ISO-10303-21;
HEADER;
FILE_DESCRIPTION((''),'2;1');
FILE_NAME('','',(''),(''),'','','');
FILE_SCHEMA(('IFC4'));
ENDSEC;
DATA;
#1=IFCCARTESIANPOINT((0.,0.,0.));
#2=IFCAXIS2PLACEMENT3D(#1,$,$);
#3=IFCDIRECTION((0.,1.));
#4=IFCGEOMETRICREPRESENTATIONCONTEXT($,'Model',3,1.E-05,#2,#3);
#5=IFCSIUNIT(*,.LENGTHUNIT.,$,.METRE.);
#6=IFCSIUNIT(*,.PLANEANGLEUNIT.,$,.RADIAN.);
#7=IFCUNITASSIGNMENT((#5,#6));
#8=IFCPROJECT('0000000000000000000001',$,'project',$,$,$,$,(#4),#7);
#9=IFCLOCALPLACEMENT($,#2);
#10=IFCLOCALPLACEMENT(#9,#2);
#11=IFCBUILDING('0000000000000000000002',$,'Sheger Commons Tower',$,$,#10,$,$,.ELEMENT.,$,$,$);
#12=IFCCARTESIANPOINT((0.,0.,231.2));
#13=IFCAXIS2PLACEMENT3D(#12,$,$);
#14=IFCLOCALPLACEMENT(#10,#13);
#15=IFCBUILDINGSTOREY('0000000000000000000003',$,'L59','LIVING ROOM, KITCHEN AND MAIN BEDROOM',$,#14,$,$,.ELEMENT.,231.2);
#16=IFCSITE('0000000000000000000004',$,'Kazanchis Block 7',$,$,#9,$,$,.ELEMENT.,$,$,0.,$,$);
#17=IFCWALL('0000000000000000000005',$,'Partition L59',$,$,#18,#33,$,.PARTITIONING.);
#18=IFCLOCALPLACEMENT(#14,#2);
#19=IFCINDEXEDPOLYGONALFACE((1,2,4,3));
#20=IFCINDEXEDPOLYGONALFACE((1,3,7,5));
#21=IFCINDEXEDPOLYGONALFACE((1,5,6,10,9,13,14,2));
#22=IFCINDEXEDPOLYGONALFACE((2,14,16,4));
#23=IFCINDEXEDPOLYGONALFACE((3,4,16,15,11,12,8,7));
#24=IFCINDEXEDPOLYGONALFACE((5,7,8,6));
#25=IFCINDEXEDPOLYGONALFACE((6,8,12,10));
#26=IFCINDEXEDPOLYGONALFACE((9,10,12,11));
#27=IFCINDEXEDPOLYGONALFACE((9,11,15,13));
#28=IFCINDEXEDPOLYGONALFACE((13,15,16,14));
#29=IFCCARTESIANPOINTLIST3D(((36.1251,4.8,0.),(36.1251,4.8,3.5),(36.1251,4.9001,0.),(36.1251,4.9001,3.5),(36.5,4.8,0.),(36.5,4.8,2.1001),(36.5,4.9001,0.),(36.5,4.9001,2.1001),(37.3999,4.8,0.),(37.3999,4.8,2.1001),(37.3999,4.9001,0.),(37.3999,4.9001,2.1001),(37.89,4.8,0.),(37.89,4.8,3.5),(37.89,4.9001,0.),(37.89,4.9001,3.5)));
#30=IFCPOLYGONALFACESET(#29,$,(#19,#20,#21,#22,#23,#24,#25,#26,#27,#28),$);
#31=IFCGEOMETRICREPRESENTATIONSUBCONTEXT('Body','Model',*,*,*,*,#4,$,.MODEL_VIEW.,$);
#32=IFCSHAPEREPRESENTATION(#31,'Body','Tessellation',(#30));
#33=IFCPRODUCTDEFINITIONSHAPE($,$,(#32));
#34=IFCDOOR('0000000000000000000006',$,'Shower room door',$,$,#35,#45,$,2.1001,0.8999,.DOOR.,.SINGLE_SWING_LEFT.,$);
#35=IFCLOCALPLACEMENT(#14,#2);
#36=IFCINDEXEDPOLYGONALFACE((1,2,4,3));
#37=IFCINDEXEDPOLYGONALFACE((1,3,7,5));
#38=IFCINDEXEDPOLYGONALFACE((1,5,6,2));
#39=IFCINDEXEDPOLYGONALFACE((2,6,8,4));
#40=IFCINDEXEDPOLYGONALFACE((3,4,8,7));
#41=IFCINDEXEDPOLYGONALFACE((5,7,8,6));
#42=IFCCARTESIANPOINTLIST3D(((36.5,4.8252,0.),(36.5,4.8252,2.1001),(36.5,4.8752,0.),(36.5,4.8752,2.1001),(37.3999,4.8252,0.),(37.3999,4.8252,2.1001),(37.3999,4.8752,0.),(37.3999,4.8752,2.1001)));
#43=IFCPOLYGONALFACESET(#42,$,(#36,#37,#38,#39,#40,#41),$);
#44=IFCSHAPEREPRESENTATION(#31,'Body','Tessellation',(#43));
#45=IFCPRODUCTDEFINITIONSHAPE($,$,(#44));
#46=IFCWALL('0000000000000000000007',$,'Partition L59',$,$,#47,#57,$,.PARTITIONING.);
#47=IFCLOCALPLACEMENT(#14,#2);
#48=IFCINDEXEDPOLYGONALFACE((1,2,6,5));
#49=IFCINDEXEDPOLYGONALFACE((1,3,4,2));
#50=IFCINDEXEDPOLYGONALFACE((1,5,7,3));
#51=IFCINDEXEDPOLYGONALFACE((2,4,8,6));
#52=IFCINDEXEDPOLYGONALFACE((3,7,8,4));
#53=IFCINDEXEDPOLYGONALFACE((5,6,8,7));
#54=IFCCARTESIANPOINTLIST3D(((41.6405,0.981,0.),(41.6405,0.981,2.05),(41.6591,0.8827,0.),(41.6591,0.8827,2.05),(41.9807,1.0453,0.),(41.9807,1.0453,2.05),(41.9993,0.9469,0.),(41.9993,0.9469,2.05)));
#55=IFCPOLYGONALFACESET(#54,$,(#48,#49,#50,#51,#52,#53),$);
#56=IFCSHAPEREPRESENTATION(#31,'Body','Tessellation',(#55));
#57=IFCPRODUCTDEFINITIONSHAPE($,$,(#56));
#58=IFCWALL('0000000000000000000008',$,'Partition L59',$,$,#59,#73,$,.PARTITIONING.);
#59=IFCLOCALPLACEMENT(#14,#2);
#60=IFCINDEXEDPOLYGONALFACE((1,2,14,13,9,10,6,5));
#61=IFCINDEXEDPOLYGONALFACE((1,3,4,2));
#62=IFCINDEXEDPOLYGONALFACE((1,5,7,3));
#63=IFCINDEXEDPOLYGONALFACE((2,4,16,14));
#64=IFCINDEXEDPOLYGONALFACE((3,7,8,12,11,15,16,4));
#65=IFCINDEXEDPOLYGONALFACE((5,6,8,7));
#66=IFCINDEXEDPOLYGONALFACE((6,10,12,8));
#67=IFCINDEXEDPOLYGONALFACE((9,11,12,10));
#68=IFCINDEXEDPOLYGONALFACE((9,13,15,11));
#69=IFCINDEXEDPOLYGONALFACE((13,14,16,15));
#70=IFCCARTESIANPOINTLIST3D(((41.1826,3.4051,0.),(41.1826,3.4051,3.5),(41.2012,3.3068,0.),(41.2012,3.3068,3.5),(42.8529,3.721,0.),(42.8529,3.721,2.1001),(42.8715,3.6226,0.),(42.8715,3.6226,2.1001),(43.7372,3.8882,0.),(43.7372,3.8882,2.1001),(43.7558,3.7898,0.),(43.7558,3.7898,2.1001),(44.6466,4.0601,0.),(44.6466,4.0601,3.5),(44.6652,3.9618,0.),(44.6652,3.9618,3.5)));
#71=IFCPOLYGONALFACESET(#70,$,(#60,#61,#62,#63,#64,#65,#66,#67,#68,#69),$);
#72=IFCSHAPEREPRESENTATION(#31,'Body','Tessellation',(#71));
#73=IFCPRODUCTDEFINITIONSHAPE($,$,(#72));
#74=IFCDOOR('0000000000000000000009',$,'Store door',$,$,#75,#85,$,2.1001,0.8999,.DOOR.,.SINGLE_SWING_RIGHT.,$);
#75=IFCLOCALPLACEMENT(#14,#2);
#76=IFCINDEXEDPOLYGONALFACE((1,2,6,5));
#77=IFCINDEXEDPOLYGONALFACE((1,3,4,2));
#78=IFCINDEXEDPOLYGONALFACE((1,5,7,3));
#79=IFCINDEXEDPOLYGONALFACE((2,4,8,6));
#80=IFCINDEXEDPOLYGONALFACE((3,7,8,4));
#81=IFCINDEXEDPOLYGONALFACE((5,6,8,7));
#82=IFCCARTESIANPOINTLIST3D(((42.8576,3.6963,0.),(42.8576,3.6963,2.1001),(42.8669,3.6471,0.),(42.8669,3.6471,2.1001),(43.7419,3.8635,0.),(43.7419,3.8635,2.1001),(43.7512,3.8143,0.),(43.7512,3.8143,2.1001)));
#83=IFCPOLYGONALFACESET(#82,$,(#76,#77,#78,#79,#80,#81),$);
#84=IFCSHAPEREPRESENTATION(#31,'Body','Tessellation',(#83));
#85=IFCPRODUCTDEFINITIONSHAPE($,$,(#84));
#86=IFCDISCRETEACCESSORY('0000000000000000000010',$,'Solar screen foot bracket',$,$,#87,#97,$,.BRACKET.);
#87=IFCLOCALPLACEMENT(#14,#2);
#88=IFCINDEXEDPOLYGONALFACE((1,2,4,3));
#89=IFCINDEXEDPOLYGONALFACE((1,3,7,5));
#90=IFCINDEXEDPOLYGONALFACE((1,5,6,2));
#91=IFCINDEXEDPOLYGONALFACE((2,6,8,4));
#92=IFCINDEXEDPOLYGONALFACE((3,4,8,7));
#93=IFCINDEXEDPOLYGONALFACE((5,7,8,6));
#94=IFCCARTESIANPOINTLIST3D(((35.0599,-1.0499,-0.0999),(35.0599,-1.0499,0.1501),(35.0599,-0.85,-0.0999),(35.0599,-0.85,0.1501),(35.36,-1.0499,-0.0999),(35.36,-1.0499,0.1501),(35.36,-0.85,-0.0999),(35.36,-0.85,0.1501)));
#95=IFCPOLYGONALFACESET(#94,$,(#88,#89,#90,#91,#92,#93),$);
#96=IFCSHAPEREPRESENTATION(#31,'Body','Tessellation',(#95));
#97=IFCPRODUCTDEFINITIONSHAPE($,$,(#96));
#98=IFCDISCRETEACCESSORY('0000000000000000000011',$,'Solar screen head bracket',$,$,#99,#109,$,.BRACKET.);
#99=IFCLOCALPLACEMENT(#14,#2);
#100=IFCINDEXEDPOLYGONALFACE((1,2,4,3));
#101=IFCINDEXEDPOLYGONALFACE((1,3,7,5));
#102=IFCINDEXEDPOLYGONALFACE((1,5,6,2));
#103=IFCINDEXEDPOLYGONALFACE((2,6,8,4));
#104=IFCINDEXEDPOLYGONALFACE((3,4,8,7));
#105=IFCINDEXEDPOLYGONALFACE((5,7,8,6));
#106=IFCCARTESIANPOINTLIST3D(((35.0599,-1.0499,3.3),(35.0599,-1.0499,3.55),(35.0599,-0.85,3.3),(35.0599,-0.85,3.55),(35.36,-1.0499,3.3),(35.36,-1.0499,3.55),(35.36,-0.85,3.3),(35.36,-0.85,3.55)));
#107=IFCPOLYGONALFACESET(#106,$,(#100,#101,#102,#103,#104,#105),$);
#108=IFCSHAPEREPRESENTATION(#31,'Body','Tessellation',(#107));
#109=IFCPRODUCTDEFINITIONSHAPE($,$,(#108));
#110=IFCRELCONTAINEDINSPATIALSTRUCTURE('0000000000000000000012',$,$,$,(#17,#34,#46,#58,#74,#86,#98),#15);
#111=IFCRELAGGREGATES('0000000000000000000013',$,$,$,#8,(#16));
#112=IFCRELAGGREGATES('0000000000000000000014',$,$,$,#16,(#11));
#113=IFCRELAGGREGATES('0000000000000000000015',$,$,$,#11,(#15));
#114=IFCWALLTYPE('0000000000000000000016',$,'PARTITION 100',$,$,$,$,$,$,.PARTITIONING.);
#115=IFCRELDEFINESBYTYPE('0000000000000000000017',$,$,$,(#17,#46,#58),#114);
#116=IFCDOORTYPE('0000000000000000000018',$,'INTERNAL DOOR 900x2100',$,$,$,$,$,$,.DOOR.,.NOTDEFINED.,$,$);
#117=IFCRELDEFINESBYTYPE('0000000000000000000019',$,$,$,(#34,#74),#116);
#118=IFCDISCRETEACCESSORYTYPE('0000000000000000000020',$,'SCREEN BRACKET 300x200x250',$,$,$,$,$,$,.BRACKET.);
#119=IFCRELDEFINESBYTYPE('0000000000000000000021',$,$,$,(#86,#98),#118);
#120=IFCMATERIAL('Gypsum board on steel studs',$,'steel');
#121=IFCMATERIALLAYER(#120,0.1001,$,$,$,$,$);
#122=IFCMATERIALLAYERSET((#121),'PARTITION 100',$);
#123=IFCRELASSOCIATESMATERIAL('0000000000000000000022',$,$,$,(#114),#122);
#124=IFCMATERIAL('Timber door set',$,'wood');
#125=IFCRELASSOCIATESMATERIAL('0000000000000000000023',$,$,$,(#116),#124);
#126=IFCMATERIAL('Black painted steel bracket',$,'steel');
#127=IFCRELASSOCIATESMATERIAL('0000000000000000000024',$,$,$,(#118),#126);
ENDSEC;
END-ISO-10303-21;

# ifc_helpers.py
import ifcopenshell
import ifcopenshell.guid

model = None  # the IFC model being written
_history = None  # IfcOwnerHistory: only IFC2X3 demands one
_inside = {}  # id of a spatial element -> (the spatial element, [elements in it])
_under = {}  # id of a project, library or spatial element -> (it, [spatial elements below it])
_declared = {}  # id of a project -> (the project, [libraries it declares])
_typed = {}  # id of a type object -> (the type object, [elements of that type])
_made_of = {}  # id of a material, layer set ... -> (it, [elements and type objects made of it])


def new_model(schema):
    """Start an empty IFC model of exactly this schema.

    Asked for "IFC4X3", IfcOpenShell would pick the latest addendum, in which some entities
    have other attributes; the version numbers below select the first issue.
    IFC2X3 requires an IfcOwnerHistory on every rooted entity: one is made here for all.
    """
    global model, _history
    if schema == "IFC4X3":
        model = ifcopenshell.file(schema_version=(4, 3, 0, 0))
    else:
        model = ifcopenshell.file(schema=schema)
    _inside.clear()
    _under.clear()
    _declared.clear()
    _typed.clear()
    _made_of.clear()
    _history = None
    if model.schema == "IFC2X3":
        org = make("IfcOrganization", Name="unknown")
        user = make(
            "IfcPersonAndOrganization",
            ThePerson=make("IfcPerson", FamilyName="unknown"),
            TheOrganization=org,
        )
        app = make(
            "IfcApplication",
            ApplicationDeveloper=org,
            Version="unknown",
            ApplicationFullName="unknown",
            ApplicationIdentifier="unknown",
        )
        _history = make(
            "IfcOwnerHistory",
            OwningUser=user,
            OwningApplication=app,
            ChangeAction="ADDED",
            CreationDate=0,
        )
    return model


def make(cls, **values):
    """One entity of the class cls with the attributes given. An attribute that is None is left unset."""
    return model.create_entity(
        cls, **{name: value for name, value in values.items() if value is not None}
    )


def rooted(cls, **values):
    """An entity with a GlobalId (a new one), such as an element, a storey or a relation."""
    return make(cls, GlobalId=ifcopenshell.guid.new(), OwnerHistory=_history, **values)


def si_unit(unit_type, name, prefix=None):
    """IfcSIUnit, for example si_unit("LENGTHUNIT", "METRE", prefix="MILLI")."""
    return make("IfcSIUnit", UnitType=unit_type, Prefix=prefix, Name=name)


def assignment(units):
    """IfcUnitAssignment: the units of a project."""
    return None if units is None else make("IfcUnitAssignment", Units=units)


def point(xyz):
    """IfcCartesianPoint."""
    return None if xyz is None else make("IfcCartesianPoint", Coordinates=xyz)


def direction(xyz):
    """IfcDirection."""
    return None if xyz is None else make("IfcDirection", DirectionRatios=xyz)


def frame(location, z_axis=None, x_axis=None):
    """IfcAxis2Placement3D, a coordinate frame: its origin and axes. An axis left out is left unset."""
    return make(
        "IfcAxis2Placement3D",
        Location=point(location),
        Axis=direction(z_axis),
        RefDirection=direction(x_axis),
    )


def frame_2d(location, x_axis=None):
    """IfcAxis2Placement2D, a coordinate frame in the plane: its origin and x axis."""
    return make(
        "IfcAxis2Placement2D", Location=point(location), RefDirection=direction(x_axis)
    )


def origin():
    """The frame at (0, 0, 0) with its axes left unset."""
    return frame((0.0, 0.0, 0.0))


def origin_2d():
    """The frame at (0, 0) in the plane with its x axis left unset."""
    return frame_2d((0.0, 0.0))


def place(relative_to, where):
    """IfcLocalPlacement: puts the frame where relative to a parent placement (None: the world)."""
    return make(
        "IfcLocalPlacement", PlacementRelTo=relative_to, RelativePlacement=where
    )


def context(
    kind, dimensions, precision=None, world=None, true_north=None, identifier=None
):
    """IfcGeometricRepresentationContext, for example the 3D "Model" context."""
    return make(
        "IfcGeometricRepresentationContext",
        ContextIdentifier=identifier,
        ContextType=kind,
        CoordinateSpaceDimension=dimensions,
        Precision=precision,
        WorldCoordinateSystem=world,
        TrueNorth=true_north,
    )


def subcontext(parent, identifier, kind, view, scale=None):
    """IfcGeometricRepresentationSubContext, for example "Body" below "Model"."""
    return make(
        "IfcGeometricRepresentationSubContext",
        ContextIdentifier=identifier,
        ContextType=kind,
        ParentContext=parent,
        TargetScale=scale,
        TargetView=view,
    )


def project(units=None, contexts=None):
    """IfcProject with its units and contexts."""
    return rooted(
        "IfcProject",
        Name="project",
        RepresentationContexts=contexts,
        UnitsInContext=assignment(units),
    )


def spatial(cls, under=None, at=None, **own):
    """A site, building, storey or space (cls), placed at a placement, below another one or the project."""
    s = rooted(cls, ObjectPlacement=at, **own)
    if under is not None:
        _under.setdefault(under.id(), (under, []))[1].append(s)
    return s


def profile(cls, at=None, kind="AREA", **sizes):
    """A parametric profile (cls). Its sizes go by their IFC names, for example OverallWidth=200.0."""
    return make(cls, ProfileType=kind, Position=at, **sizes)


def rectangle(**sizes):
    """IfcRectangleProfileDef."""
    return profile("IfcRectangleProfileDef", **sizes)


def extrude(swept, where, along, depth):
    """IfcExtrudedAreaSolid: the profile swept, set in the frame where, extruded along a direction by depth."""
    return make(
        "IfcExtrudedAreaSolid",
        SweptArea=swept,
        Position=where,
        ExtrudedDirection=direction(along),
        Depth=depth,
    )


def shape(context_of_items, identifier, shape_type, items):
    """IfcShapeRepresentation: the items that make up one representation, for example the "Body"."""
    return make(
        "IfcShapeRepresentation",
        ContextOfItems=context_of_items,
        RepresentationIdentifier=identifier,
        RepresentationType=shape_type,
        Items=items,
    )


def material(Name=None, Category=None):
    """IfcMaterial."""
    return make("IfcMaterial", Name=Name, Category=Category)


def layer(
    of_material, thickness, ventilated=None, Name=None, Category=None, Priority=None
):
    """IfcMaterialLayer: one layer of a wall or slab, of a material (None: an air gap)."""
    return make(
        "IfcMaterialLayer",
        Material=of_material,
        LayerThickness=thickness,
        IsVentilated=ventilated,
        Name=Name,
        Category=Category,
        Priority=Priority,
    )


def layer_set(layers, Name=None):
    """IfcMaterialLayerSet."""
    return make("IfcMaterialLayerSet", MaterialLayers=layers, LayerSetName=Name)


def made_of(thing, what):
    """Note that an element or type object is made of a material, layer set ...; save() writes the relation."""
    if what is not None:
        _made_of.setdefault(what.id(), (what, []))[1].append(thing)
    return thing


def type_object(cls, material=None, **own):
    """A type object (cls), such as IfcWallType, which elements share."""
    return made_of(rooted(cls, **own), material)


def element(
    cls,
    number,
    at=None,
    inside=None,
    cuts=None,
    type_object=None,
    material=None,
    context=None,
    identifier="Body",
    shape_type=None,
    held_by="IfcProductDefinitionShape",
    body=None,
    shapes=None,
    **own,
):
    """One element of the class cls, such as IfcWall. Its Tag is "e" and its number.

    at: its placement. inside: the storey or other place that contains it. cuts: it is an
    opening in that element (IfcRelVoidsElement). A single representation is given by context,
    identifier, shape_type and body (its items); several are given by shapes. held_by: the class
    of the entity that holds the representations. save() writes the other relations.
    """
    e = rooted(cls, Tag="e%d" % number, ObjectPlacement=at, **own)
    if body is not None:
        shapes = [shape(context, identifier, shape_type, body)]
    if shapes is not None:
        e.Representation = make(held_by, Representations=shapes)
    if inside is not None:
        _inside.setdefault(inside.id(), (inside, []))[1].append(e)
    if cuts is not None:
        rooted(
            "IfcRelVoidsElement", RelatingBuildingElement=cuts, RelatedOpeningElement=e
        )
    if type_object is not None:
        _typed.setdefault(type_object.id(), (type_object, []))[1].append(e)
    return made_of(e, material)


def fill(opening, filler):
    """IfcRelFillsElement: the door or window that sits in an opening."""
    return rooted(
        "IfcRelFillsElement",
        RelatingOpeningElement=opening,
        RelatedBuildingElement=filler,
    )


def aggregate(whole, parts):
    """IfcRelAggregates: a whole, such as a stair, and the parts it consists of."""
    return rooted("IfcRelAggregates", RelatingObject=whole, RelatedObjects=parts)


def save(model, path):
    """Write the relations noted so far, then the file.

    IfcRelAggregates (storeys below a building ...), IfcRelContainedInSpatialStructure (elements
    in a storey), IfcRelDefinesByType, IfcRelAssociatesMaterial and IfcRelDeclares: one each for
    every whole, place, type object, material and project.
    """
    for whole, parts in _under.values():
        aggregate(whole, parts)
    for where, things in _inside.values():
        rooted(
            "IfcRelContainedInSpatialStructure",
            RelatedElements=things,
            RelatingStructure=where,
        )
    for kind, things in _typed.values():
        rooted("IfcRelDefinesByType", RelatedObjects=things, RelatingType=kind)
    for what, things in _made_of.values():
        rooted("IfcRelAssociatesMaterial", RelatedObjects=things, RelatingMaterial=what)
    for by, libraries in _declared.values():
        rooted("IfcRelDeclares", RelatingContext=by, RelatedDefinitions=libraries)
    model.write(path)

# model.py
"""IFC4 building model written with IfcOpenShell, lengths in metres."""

from ifc_helpers import new_model, si_unit, direction, frame, frame_2d, origin, origin_2d, place, context, subcontext, project, spatial, rectangle, extrude, material, layer, layer_set, type_object, element, fill, save


model = new_model("IFC4")

# Units and contexts
model_context = context("Model", 3, precision=1e-05, world=origin(), true_north=direction((0.0, 1.0)))
body_context = subcontext(model_context, "Body", "Model", "MODEL_VIEW")
ifc_project = project(units=[si_unit("LENGTHUNIT", "METRE"), si_unit("PLANEANGLEUNIT", "RADIAN")], contexts=[model_context])

# Site, building, storey
site_placement = place(None, origin())
site = spatial("IfcSite", under=ifc_project, at=site_placement, Name="Kazanchis Block 7", CompositionType="ELEMENT", RefElevation=0.0)
building_placement = place(site_placement, origin())
building = spatial("IfcBuilding", under=site, at=building_placement, Name="Sheger Commons Tower", CompositionType="ELEMENT")
storey_placement = place(building_placement, frame((0.0, 0.0, 231.2)))
storey = spatial("IfcBuildingStorey", under=building, at=storey_placement, Name="L59", Description="LIVING ROOM, KITCHEN AND MAIN BEDROOM", CompositionType="ELEMENT", Elevation=231.2)

# Shared definitions
ifc_material_1 = material(Name="Gypsum board on steel studs", Category="steel")
ifc_layer_1 = layer(ifc_material_1, 0.1001)
ifc_layer_set_1 = layer_set([ifc_layer_1], Name="PARTITION 100")
wall_type_1 = type_object("IfcWallType", Name="PARTITION 100", PredefinedType="PARTITIONING", material=ifc_layer_set_1)
ifc_material_2 = material(Name="Timber door set", Category="wood")
door_type = type_object("IfcDoorType", Name="INTERNAL DOOR 900x2100", OperationType="NOTDEFINED", PredefinedType="DOOR", material=ifc_material_2)

# Wall, opening, door
wall_1_placement = place(storey_placement, frame((37.8899, 4.8501, 0.0), z_axis=(0.0, 0.0, 1.0), x_axis=(-1.0, 0.0, 0.0)))
wall_1 = element("IfcWall", 1, at=wall_1_placement, inside=storey, type_object=wall_type_1, Name="Partition L59", PredefinedType="PARTITIONING", context=body_context, shape_type="SweptSolid", body=[
    extrude(rectangle(XDim=1.7649, YDim=0.1001, at=frame_2d((0.8823, 0.0))), origin(), (0.0, 0.0, 1.0), 3.5),
])
opening_1_placement = place(wall_1_placement, frame((0.49, 0.0, 0.0)))
opening_1 = element("IfcOpeningElement", 2, at=opening_1_placement, cuts=wall_1, PredefinedType="OPENING", context=body_context, shape_type="SweptSolid", body=[
    extrude(rectangle(XDim=0.8999, YDim=2.1001, at=frame_2d((0.45, 1.05))), frame((0.0, 0.0601, 0.0), z_axis=(0.0, -1.0, 0.0), x_axis=(1.0, 0.0, 0.0)), (0.0, 0.0, 1.0), 0.1201),
])
door_1_placement = place(opening_1_placement, origin())
door_1 = element("IfcDoor", 3, at=door_1_placement, inside=storey, type_object=door_type, Name="Shower room door", OperationType="SINGLE_SWING_LEFT", OverallHeight=2.1001, OverallWidth=0.8999, PredefinedType="DOOR", context=body_context, shape_type="SweptSolid", body=[
    extrude(rectangle(XDim=0.8999, YDim=2.1001, at=frame_2d((0.45, 1.05))), frame((0.0, 0.0249, 0.0), z_axis=(0.0, -1.0, 0.0), x_axis=(1.0, 0.0, 0.0)), (0.0, 0.0, 1.0), 0.05),
])
fill(opening_1, door_1)

# Wall
wall_2_placement = place(storey_placement, frame((41.99, 0.9961, 0.0), z_axis=(0.0, 0.0, 1.0), x_axis=(-0.98264, -0.185524, 0.0)))
element("IfcWall", 4, at=wall_2_placement, inside=storey, type_object=wall_type_1, Name="Partition L59", PredefinedType="PARTITIONING", context=body_context, shape_type="SweptSolid", body=[
    extrude(rectangle(XDim=0.3462, YDim=0.1001, at=frame_2d((0.1731, 0.0))), origin(), (0.0, 0.0, 1.0), 2.05),
])

# Wall, opening, door
wall_3_placement = place(storey_placement, frame((41.1919, 3.356, 0.0), z_axis=(0.0, 0.0, 1.0), x_axis=(0.982588, 0.185798, 0.0)))
wall_3 = element("IfcWall", 5, at=wall_3_placement, inside=storey, type_object=wall_type_1, Name="Partition L59", PredefinedType="PARTITIONING", context=body_context, shape_type="SweptSolid", body=[
    extrude(rectangle(XDim=3.5254, YDim=0.1001, at=frame_2d((1.7627, 0.0))), origin(), (0.0, 0.0, 1.0), 3.5),
])
opening_2_placement = place(wall_3_placement, frame((1.7, 0.0, 0.0)))
opening_2 = element("IfcOpeningElement", 6, at=opening_2_placement, cuts=wall_3, PredefinedType="OPENING", context=body_context, shape_type="SweptSolid", body=[
    extrude(rectangle(XDim=0.8999, YDim=2.1001, at=frame_2d((0.45, 1.05))), frame((0.0, 0.0601, 0.0), z_axis=(0.0, -1.0, 0.0), x_axis=(1.0, 0.0, 0.0)), (0.0, 0.0, 1.0), 0.1201),
])
door_2_placement = place(opening_2_placement, origin())
door_2 = element("IfcDoor", 7, at=door_2_placement, inside=storey, type_object=door_type, Name="Store door", OperationType="SINGLE_SWING_RIGHT", OverallHeight=2.1001, OverallWidth=0.8999, PredefinedType="DOOR", context=body_context, shape_type="SweptSolid", body=[
    extrude(rectangle(XDim=0.8999, YDim=2.1001, at=frame_2d((0.45, 1.05))), frame((0.0, 0.0249, 0.0), z_axis=(0.0, -1.0, 0.0), x_axis=(1.0, 0.0, 0.0)), (0.0, 0.0, 1.0), 0.05),
])
fill(opening_2, door_2)

# Discrete accessories
ifc_material_3 = material(Name="Black painted steel bracket", Category="steel")
discrete_accessory_type = type_object("IfcDiscreteAccessoryType", Name="SCREEN BRACKET 300x200x250", PredefinedType="BRACKET", material=ifc_material_3)
for number, where, z_axis, x_axis, name in (
    (8, (35.21, -0.95, -0.0999), (0.0, 0.0, 1.0), (1.0, 0.0, 0.0), "Solar screen foot bracket"),
    (9, (35.21, -0.95, 3.3), (0.0, 0.0, 1.0), (1.0, 0.0, 0.0), "Solar screen head bracket"),
):
    element("IfcDiscreteAccessory", number, at=place(storey_placement, frame(where, z_axis=z_axis, x_axis=x_axis)), inside=storey, type_object=discrete_accessory_type, Name=name, PredefinedType="BRACKET", context=body_context, shape_type="SweptSolid", body=[
        extrude(rectangle(XDim=0.3, YDim=0.2, at=origin_2d()), origin(), (0.0, 0.0, 1.0), 0.25),
    ])

save(model, "model.ifc")
